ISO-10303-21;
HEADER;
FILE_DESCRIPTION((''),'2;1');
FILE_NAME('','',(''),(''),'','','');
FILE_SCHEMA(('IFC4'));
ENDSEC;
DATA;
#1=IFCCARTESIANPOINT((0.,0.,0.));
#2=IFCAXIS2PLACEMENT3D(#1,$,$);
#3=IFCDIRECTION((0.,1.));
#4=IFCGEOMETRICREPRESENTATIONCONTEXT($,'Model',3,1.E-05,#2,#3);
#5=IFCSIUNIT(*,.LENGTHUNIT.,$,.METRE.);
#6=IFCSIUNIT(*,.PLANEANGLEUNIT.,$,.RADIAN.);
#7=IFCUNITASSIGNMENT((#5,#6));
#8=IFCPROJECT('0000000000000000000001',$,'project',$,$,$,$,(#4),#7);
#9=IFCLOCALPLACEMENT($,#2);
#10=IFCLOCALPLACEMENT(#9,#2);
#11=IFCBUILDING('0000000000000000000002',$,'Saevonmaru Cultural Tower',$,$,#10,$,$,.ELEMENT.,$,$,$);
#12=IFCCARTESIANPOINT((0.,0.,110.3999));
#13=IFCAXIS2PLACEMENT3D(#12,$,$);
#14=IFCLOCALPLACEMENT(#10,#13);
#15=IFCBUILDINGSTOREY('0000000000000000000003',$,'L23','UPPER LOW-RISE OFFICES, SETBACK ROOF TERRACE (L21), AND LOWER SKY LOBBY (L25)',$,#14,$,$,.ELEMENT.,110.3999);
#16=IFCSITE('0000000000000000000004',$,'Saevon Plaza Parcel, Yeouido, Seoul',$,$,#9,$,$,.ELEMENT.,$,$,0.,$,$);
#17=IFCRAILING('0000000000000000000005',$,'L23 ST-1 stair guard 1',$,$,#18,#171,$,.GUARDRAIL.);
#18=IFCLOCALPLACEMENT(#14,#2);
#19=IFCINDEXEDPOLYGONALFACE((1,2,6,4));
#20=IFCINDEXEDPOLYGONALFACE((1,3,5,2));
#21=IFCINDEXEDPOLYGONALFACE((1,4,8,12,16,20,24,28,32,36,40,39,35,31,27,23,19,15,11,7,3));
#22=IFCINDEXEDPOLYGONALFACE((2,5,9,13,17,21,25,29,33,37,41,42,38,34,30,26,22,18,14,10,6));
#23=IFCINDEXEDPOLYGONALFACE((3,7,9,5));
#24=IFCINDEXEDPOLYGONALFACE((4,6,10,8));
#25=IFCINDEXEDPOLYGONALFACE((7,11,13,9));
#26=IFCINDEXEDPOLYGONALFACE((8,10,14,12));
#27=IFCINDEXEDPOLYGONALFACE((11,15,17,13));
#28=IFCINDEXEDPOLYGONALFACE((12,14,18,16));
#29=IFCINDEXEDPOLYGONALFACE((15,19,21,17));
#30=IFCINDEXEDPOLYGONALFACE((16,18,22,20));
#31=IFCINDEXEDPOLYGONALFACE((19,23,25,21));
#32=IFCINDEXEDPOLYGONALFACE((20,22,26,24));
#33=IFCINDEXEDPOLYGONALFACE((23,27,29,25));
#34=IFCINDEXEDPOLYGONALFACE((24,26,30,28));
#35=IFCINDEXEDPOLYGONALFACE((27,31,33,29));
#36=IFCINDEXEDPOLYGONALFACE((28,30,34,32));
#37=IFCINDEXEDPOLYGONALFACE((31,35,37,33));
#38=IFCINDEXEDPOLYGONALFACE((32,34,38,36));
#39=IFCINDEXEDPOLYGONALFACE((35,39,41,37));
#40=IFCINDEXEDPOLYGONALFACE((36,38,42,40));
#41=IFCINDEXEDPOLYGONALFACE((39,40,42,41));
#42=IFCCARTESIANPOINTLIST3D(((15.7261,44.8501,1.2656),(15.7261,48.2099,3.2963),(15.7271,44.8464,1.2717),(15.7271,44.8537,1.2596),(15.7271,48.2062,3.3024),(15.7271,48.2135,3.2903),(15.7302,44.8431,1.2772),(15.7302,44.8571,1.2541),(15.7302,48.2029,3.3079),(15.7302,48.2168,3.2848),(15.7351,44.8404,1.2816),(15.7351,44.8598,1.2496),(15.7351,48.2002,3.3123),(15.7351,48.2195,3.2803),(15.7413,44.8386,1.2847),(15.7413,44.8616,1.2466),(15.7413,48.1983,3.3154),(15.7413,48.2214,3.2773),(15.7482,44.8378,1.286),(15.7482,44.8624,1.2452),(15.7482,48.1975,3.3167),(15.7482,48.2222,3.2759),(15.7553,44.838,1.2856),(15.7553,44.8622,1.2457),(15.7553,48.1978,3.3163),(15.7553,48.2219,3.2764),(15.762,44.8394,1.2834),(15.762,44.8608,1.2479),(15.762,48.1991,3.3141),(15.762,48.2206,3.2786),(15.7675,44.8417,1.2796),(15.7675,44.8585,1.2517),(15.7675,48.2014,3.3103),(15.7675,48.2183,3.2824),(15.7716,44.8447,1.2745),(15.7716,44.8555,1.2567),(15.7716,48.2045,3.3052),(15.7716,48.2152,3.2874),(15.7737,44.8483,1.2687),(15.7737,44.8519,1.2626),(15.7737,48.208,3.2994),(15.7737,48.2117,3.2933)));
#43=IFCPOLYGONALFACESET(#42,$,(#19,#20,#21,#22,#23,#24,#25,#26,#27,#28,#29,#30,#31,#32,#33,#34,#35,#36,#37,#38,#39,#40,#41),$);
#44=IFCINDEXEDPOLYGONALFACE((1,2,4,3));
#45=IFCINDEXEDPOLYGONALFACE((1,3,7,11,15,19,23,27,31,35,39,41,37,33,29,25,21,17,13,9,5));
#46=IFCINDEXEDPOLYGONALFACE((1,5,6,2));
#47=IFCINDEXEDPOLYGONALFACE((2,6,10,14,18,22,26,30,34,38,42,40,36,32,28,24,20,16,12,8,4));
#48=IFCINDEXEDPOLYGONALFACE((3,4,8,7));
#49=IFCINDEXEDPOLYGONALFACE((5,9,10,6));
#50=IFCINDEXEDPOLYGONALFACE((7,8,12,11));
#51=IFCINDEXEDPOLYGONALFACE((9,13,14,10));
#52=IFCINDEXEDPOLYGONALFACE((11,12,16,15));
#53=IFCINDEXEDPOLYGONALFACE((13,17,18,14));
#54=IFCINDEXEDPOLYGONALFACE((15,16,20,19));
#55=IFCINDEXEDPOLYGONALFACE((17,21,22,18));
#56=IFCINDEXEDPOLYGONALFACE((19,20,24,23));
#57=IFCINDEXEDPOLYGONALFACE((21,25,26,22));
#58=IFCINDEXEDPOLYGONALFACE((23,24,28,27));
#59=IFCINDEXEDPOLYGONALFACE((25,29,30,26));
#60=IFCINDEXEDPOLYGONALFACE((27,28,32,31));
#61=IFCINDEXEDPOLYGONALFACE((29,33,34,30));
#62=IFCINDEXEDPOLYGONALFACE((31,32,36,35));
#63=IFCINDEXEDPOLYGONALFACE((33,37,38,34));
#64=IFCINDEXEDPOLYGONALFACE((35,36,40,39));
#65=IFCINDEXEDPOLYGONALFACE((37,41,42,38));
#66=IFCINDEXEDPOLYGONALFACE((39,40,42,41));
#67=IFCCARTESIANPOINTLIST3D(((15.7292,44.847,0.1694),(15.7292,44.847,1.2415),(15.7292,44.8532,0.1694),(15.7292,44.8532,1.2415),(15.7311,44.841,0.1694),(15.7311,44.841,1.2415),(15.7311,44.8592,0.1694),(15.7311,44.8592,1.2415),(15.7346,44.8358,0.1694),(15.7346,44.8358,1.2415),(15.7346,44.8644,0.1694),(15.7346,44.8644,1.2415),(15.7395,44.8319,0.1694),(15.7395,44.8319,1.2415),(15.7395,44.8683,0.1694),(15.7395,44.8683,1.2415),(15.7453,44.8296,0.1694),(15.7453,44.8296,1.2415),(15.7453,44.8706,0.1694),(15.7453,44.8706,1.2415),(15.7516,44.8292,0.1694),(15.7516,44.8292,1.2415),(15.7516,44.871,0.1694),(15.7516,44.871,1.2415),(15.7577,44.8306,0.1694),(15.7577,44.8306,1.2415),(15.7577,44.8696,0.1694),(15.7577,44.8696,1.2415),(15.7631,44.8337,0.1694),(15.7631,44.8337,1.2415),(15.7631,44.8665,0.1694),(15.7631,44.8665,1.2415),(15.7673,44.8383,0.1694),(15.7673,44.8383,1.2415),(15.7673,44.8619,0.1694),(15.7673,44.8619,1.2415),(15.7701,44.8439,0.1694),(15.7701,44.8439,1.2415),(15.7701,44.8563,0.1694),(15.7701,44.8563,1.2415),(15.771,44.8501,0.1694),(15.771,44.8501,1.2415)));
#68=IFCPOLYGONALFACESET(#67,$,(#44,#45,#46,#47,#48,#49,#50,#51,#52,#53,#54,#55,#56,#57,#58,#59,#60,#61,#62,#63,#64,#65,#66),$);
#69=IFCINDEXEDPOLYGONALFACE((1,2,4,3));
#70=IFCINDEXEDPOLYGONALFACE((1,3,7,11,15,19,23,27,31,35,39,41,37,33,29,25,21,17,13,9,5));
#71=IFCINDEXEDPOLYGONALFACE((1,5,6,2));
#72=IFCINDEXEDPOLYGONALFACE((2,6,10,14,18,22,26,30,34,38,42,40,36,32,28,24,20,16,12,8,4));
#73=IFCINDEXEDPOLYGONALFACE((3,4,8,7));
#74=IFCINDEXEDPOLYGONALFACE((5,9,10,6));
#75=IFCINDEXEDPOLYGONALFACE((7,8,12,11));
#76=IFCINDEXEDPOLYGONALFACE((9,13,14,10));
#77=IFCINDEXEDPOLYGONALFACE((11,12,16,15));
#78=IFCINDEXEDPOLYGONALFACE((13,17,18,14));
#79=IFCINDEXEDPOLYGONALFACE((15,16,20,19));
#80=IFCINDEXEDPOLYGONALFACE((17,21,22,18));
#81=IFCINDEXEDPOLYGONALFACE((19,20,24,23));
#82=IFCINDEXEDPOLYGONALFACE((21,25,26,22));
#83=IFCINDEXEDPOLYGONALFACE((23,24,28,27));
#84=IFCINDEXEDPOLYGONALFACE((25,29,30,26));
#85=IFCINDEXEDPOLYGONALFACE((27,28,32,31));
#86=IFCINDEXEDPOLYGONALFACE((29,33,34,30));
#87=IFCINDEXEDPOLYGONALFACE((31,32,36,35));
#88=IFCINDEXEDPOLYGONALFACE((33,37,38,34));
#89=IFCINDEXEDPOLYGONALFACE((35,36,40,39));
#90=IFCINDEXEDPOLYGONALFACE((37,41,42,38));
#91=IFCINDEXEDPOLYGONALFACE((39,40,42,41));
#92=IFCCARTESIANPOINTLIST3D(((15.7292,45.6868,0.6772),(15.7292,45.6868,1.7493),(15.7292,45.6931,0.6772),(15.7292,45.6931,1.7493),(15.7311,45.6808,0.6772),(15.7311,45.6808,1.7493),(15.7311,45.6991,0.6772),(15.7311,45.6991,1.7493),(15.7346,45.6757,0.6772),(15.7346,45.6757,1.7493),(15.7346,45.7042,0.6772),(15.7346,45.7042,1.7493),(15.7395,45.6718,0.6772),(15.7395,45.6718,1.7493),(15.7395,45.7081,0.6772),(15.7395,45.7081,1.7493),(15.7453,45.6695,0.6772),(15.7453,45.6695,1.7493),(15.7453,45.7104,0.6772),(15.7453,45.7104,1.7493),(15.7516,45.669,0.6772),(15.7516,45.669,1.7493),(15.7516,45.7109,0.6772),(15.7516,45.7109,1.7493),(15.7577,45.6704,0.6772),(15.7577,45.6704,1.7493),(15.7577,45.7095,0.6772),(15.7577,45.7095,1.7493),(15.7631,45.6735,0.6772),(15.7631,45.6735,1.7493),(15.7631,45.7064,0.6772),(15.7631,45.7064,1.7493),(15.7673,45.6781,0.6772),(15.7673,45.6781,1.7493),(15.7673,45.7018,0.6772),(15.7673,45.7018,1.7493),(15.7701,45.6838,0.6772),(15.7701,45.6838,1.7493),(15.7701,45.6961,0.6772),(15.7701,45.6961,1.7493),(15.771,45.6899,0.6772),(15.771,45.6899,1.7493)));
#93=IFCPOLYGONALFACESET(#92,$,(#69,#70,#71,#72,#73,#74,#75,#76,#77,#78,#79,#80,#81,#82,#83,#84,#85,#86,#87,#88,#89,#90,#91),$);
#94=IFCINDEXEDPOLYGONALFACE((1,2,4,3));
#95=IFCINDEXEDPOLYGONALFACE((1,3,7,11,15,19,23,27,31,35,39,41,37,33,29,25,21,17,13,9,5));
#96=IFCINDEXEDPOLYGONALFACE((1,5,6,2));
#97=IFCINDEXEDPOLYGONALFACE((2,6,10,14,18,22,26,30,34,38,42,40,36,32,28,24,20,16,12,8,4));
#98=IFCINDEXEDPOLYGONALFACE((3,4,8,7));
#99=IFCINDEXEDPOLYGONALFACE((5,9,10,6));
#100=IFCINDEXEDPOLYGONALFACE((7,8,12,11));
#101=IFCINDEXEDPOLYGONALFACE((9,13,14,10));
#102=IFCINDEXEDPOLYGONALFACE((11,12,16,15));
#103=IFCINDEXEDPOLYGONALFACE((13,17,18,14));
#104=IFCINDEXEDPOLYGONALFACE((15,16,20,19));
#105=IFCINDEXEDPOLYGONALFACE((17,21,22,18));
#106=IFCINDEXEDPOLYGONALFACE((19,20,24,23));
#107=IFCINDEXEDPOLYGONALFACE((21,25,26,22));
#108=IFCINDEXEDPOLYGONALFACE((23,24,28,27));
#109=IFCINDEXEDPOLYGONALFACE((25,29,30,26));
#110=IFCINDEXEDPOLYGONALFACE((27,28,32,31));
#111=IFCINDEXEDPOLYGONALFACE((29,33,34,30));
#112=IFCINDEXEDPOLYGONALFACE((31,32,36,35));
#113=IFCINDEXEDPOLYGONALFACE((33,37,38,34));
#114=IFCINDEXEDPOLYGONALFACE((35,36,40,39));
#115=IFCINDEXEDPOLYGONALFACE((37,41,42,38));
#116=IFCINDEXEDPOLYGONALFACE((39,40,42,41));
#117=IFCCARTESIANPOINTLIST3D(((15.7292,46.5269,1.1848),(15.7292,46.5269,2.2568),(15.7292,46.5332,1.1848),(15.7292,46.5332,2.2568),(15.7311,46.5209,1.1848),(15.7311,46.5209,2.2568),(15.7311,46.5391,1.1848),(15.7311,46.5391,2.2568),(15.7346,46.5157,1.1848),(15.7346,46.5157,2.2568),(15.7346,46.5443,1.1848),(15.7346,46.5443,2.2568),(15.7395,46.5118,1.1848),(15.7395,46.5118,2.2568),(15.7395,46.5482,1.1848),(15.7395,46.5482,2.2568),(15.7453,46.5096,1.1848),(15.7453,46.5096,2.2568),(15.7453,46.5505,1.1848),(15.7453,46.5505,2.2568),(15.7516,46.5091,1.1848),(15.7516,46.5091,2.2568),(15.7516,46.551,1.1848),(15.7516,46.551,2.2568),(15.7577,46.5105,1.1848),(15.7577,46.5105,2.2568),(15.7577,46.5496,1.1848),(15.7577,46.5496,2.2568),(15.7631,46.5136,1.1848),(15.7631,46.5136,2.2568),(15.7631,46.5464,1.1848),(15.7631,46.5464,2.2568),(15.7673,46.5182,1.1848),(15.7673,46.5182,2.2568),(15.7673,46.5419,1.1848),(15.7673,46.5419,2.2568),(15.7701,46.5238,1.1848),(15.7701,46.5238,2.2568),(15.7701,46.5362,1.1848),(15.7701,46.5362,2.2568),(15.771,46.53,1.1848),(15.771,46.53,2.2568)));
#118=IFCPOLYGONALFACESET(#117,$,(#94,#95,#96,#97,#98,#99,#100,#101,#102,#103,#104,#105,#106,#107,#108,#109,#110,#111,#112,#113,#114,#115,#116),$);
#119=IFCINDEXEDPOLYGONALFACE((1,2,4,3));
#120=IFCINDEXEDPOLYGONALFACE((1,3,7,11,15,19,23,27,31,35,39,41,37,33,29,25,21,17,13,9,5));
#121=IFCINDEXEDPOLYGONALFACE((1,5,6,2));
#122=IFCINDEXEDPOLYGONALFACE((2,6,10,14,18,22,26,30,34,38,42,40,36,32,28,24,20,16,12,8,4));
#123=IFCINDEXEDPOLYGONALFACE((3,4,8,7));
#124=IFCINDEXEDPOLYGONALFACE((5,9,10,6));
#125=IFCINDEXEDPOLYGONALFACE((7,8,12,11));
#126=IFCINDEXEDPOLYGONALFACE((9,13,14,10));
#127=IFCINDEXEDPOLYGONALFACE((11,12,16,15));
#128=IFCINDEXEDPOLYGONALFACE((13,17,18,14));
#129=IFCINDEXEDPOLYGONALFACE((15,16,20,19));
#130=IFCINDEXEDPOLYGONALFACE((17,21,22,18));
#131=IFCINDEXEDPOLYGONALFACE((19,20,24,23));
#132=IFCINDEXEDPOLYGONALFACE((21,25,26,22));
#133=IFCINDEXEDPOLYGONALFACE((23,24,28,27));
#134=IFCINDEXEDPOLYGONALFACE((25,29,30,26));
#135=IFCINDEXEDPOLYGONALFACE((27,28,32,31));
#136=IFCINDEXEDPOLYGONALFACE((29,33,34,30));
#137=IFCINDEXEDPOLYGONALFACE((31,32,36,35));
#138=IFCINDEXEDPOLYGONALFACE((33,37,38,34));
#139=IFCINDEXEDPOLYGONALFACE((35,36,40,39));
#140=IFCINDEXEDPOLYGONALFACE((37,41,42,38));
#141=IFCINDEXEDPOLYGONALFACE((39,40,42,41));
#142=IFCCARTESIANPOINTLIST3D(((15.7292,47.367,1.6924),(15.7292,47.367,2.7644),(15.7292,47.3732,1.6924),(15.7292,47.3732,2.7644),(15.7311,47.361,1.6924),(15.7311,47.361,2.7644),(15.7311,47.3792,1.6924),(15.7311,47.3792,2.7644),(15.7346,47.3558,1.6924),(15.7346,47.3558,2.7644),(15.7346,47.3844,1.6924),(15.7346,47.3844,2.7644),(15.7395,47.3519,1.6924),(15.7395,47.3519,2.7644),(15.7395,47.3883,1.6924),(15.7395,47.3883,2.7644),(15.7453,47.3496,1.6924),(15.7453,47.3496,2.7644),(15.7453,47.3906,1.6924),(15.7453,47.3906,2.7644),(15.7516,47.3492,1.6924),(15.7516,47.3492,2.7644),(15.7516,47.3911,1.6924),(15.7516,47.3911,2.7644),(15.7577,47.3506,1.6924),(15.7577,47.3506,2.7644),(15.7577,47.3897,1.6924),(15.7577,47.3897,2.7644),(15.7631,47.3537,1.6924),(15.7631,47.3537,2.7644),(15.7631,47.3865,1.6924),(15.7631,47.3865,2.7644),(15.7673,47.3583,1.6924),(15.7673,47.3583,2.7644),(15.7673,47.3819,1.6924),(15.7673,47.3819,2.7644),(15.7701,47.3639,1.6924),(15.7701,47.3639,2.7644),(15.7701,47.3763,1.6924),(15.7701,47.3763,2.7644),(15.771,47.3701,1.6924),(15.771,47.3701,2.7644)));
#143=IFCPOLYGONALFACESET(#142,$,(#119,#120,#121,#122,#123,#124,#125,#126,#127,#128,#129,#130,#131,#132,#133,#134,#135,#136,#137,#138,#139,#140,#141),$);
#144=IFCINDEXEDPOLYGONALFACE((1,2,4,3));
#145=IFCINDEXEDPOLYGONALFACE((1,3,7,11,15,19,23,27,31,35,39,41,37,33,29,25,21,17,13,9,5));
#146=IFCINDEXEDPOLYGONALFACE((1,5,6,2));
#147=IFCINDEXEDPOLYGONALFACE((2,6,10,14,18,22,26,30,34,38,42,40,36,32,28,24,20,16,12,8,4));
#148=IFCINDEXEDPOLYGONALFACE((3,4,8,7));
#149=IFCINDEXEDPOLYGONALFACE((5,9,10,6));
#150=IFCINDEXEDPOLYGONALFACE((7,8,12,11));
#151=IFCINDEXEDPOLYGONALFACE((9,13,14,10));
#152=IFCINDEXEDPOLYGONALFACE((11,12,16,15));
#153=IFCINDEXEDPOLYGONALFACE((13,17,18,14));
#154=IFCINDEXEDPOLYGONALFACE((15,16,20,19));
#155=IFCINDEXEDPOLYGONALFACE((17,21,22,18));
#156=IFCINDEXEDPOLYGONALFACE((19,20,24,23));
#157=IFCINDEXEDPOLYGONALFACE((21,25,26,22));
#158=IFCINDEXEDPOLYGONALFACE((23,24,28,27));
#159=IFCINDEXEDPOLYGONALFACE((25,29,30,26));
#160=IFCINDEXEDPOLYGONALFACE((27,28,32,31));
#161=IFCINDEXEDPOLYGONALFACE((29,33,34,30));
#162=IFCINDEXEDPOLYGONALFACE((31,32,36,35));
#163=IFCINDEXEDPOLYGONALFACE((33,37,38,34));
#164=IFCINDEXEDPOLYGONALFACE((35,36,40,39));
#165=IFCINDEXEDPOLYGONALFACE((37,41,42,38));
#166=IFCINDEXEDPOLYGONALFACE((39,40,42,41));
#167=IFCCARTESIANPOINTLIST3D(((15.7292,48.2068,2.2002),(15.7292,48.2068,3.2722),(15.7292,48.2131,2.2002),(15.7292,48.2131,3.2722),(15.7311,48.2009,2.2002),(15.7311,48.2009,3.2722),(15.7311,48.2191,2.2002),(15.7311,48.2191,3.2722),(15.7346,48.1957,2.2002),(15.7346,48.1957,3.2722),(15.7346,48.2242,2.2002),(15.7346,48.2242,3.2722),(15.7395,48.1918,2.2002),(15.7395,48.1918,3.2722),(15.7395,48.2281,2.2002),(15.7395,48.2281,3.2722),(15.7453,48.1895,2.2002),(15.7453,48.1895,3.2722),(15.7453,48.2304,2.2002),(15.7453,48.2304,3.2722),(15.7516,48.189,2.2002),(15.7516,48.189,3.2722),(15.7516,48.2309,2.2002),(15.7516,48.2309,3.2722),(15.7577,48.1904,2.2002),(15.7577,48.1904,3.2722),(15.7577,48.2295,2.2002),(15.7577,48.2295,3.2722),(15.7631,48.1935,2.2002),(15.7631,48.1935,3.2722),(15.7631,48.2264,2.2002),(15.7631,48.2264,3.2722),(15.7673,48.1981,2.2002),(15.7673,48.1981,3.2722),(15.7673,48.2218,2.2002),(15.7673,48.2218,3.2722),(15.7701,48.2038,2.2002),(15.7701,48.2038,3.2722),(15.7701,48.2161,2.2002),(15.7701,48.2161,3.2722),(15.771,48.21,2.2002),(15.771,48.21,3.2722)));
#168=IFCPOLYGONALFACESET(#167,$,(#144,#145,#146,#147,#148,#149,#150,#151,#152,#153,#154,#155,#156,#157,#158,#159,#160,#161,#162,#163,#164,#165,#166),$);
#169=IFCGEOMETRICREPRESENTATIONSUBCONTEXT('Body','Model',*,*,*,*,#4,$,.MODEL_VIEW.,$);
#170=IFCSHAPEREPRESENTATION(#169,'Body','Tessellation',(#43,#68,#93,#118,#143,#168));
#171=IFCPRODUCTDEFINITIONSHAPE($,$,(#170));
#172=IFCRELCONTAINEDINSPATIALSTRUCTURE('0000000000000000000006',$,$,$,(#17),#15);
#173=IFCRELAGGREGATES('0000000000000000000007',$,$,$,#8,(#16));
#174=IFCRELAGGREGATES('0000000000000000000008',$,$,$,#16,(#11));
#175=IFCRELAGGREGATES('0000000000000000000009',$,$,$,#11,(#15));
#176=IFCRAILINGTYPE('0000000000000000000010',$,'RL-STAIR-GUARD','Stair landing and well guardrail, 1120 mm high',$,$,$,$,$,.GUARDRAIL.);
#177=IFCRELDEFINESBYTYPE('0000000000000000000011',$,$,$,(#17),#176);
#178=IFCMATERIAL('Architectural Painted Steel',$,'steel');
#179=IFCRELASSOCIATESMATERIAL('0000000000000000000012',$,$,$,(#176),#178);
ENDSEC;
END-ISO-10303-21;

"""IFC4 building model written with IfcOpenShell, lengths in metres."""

from ifc_helpers import new_model, si_unit, direction, frame, origin, origin_2d, place, context, subcontext, project, spatial, circle, extrude, material, type_object, element, save


model = new_model("IFC4")

# Units and contexts
model_context = context("Model", 3, precision=1e-05, world=origin(), true_north=direction((0.0, 1.0)))
body_context = subcontext(model_context, "Body", "Model", "MODEL_VIEW")
ifc_project = project(units=[si_unit("LENGTHUNIT", "METRE"), si_unit("PLANEANGLEUNIT", "RADIAN")], contexts=[model_context])

# Site, building, storey
site_placement = place(None, origin())
site = spatial("IfcSite", under=ifc_project, at=site_placement, Name="Saevon Plaza Parcel, Yeouido, Seoul", CompositionType="ELEMENT", RefElevation=0.0)
building_placement = place(site_placement, origin())
building = spatial("IfcBuilding", under=site, at=building_placement, Name="Saevonmaru Cultural Tower", CompositionType="ELEMENT")
storey_placement = place(building_placement, frame((0.0, 0.0, 110.3999)))
storey = spatial("IfcBuildingStorey", under=building, at=storey_placement, Name="L23", Description="UPPER LOW-RISE OFFICES, SETBACK ROOF TERRACE (L21), AND LOWER SKY LOBBY (L25)", CompositionType="ELEMENT", Elevation=110.3999)

# Railing
ifc_material_1 = material(Name="Architectural Painted Steel", Category="steel")
railing_type_1 = type_object("IfcRailingType", Name="RL-STAIR-GUARD", Description="Stair landing and well guardrail, 1120 mm high", PredefinedType="GUARDRAIL", material=ifc_material_1)
railing_1_placement = place(storey_placement, frame((15.75, 44.8501, 0.1694)))
element("IfcRailing", 1, at=railing_1_placement, inside=storey, type_object=railing_type_1, Name="L23 ST-1 stair guard 1", PredefinedType="GUARDRAIL", context=body_context, shape_type="SweptSolid", body=[
    extrude(circle(Radius=0.0239, at=origin_2d()), frame((0.0, 0.0, 1.0962), z_axis=(0.0, 0.85582, 0.517273), x_axis=(-1.0, 0.0, 0.0)), (0.0, 0.0, 1.0), 3.9258),
    extrude(circle(Radius=0.021, at=origin_2d()), origin(), (0.0, 0.0, 1.0), 1.072),
    extrude(circle(Radius=0.021, at=origin_2d()), frame((0.0, 0.8398, 0.5078)), (0.0, 0.0, 1.0), 1.072),
    extrude(circle(Radius=0.021, at=origin_2d()), frame((0.0, 1.6799, 1.0154)), (0.0, 0.0, 1.0), 1.072),
    extrude(circle(Radius=0.021, at=origin_2d()), frame((0.0, 2.52, 1.5229)), (0.0, 0.0, 1.0), 1.072),
    extrude(circle(Radius=0.021, at=origin_2d()), frame((0.0, 3.3599, 2.0308)), (0.0, 0.0, 1.0), 1.072),
])

save(model, "model.ifc")
